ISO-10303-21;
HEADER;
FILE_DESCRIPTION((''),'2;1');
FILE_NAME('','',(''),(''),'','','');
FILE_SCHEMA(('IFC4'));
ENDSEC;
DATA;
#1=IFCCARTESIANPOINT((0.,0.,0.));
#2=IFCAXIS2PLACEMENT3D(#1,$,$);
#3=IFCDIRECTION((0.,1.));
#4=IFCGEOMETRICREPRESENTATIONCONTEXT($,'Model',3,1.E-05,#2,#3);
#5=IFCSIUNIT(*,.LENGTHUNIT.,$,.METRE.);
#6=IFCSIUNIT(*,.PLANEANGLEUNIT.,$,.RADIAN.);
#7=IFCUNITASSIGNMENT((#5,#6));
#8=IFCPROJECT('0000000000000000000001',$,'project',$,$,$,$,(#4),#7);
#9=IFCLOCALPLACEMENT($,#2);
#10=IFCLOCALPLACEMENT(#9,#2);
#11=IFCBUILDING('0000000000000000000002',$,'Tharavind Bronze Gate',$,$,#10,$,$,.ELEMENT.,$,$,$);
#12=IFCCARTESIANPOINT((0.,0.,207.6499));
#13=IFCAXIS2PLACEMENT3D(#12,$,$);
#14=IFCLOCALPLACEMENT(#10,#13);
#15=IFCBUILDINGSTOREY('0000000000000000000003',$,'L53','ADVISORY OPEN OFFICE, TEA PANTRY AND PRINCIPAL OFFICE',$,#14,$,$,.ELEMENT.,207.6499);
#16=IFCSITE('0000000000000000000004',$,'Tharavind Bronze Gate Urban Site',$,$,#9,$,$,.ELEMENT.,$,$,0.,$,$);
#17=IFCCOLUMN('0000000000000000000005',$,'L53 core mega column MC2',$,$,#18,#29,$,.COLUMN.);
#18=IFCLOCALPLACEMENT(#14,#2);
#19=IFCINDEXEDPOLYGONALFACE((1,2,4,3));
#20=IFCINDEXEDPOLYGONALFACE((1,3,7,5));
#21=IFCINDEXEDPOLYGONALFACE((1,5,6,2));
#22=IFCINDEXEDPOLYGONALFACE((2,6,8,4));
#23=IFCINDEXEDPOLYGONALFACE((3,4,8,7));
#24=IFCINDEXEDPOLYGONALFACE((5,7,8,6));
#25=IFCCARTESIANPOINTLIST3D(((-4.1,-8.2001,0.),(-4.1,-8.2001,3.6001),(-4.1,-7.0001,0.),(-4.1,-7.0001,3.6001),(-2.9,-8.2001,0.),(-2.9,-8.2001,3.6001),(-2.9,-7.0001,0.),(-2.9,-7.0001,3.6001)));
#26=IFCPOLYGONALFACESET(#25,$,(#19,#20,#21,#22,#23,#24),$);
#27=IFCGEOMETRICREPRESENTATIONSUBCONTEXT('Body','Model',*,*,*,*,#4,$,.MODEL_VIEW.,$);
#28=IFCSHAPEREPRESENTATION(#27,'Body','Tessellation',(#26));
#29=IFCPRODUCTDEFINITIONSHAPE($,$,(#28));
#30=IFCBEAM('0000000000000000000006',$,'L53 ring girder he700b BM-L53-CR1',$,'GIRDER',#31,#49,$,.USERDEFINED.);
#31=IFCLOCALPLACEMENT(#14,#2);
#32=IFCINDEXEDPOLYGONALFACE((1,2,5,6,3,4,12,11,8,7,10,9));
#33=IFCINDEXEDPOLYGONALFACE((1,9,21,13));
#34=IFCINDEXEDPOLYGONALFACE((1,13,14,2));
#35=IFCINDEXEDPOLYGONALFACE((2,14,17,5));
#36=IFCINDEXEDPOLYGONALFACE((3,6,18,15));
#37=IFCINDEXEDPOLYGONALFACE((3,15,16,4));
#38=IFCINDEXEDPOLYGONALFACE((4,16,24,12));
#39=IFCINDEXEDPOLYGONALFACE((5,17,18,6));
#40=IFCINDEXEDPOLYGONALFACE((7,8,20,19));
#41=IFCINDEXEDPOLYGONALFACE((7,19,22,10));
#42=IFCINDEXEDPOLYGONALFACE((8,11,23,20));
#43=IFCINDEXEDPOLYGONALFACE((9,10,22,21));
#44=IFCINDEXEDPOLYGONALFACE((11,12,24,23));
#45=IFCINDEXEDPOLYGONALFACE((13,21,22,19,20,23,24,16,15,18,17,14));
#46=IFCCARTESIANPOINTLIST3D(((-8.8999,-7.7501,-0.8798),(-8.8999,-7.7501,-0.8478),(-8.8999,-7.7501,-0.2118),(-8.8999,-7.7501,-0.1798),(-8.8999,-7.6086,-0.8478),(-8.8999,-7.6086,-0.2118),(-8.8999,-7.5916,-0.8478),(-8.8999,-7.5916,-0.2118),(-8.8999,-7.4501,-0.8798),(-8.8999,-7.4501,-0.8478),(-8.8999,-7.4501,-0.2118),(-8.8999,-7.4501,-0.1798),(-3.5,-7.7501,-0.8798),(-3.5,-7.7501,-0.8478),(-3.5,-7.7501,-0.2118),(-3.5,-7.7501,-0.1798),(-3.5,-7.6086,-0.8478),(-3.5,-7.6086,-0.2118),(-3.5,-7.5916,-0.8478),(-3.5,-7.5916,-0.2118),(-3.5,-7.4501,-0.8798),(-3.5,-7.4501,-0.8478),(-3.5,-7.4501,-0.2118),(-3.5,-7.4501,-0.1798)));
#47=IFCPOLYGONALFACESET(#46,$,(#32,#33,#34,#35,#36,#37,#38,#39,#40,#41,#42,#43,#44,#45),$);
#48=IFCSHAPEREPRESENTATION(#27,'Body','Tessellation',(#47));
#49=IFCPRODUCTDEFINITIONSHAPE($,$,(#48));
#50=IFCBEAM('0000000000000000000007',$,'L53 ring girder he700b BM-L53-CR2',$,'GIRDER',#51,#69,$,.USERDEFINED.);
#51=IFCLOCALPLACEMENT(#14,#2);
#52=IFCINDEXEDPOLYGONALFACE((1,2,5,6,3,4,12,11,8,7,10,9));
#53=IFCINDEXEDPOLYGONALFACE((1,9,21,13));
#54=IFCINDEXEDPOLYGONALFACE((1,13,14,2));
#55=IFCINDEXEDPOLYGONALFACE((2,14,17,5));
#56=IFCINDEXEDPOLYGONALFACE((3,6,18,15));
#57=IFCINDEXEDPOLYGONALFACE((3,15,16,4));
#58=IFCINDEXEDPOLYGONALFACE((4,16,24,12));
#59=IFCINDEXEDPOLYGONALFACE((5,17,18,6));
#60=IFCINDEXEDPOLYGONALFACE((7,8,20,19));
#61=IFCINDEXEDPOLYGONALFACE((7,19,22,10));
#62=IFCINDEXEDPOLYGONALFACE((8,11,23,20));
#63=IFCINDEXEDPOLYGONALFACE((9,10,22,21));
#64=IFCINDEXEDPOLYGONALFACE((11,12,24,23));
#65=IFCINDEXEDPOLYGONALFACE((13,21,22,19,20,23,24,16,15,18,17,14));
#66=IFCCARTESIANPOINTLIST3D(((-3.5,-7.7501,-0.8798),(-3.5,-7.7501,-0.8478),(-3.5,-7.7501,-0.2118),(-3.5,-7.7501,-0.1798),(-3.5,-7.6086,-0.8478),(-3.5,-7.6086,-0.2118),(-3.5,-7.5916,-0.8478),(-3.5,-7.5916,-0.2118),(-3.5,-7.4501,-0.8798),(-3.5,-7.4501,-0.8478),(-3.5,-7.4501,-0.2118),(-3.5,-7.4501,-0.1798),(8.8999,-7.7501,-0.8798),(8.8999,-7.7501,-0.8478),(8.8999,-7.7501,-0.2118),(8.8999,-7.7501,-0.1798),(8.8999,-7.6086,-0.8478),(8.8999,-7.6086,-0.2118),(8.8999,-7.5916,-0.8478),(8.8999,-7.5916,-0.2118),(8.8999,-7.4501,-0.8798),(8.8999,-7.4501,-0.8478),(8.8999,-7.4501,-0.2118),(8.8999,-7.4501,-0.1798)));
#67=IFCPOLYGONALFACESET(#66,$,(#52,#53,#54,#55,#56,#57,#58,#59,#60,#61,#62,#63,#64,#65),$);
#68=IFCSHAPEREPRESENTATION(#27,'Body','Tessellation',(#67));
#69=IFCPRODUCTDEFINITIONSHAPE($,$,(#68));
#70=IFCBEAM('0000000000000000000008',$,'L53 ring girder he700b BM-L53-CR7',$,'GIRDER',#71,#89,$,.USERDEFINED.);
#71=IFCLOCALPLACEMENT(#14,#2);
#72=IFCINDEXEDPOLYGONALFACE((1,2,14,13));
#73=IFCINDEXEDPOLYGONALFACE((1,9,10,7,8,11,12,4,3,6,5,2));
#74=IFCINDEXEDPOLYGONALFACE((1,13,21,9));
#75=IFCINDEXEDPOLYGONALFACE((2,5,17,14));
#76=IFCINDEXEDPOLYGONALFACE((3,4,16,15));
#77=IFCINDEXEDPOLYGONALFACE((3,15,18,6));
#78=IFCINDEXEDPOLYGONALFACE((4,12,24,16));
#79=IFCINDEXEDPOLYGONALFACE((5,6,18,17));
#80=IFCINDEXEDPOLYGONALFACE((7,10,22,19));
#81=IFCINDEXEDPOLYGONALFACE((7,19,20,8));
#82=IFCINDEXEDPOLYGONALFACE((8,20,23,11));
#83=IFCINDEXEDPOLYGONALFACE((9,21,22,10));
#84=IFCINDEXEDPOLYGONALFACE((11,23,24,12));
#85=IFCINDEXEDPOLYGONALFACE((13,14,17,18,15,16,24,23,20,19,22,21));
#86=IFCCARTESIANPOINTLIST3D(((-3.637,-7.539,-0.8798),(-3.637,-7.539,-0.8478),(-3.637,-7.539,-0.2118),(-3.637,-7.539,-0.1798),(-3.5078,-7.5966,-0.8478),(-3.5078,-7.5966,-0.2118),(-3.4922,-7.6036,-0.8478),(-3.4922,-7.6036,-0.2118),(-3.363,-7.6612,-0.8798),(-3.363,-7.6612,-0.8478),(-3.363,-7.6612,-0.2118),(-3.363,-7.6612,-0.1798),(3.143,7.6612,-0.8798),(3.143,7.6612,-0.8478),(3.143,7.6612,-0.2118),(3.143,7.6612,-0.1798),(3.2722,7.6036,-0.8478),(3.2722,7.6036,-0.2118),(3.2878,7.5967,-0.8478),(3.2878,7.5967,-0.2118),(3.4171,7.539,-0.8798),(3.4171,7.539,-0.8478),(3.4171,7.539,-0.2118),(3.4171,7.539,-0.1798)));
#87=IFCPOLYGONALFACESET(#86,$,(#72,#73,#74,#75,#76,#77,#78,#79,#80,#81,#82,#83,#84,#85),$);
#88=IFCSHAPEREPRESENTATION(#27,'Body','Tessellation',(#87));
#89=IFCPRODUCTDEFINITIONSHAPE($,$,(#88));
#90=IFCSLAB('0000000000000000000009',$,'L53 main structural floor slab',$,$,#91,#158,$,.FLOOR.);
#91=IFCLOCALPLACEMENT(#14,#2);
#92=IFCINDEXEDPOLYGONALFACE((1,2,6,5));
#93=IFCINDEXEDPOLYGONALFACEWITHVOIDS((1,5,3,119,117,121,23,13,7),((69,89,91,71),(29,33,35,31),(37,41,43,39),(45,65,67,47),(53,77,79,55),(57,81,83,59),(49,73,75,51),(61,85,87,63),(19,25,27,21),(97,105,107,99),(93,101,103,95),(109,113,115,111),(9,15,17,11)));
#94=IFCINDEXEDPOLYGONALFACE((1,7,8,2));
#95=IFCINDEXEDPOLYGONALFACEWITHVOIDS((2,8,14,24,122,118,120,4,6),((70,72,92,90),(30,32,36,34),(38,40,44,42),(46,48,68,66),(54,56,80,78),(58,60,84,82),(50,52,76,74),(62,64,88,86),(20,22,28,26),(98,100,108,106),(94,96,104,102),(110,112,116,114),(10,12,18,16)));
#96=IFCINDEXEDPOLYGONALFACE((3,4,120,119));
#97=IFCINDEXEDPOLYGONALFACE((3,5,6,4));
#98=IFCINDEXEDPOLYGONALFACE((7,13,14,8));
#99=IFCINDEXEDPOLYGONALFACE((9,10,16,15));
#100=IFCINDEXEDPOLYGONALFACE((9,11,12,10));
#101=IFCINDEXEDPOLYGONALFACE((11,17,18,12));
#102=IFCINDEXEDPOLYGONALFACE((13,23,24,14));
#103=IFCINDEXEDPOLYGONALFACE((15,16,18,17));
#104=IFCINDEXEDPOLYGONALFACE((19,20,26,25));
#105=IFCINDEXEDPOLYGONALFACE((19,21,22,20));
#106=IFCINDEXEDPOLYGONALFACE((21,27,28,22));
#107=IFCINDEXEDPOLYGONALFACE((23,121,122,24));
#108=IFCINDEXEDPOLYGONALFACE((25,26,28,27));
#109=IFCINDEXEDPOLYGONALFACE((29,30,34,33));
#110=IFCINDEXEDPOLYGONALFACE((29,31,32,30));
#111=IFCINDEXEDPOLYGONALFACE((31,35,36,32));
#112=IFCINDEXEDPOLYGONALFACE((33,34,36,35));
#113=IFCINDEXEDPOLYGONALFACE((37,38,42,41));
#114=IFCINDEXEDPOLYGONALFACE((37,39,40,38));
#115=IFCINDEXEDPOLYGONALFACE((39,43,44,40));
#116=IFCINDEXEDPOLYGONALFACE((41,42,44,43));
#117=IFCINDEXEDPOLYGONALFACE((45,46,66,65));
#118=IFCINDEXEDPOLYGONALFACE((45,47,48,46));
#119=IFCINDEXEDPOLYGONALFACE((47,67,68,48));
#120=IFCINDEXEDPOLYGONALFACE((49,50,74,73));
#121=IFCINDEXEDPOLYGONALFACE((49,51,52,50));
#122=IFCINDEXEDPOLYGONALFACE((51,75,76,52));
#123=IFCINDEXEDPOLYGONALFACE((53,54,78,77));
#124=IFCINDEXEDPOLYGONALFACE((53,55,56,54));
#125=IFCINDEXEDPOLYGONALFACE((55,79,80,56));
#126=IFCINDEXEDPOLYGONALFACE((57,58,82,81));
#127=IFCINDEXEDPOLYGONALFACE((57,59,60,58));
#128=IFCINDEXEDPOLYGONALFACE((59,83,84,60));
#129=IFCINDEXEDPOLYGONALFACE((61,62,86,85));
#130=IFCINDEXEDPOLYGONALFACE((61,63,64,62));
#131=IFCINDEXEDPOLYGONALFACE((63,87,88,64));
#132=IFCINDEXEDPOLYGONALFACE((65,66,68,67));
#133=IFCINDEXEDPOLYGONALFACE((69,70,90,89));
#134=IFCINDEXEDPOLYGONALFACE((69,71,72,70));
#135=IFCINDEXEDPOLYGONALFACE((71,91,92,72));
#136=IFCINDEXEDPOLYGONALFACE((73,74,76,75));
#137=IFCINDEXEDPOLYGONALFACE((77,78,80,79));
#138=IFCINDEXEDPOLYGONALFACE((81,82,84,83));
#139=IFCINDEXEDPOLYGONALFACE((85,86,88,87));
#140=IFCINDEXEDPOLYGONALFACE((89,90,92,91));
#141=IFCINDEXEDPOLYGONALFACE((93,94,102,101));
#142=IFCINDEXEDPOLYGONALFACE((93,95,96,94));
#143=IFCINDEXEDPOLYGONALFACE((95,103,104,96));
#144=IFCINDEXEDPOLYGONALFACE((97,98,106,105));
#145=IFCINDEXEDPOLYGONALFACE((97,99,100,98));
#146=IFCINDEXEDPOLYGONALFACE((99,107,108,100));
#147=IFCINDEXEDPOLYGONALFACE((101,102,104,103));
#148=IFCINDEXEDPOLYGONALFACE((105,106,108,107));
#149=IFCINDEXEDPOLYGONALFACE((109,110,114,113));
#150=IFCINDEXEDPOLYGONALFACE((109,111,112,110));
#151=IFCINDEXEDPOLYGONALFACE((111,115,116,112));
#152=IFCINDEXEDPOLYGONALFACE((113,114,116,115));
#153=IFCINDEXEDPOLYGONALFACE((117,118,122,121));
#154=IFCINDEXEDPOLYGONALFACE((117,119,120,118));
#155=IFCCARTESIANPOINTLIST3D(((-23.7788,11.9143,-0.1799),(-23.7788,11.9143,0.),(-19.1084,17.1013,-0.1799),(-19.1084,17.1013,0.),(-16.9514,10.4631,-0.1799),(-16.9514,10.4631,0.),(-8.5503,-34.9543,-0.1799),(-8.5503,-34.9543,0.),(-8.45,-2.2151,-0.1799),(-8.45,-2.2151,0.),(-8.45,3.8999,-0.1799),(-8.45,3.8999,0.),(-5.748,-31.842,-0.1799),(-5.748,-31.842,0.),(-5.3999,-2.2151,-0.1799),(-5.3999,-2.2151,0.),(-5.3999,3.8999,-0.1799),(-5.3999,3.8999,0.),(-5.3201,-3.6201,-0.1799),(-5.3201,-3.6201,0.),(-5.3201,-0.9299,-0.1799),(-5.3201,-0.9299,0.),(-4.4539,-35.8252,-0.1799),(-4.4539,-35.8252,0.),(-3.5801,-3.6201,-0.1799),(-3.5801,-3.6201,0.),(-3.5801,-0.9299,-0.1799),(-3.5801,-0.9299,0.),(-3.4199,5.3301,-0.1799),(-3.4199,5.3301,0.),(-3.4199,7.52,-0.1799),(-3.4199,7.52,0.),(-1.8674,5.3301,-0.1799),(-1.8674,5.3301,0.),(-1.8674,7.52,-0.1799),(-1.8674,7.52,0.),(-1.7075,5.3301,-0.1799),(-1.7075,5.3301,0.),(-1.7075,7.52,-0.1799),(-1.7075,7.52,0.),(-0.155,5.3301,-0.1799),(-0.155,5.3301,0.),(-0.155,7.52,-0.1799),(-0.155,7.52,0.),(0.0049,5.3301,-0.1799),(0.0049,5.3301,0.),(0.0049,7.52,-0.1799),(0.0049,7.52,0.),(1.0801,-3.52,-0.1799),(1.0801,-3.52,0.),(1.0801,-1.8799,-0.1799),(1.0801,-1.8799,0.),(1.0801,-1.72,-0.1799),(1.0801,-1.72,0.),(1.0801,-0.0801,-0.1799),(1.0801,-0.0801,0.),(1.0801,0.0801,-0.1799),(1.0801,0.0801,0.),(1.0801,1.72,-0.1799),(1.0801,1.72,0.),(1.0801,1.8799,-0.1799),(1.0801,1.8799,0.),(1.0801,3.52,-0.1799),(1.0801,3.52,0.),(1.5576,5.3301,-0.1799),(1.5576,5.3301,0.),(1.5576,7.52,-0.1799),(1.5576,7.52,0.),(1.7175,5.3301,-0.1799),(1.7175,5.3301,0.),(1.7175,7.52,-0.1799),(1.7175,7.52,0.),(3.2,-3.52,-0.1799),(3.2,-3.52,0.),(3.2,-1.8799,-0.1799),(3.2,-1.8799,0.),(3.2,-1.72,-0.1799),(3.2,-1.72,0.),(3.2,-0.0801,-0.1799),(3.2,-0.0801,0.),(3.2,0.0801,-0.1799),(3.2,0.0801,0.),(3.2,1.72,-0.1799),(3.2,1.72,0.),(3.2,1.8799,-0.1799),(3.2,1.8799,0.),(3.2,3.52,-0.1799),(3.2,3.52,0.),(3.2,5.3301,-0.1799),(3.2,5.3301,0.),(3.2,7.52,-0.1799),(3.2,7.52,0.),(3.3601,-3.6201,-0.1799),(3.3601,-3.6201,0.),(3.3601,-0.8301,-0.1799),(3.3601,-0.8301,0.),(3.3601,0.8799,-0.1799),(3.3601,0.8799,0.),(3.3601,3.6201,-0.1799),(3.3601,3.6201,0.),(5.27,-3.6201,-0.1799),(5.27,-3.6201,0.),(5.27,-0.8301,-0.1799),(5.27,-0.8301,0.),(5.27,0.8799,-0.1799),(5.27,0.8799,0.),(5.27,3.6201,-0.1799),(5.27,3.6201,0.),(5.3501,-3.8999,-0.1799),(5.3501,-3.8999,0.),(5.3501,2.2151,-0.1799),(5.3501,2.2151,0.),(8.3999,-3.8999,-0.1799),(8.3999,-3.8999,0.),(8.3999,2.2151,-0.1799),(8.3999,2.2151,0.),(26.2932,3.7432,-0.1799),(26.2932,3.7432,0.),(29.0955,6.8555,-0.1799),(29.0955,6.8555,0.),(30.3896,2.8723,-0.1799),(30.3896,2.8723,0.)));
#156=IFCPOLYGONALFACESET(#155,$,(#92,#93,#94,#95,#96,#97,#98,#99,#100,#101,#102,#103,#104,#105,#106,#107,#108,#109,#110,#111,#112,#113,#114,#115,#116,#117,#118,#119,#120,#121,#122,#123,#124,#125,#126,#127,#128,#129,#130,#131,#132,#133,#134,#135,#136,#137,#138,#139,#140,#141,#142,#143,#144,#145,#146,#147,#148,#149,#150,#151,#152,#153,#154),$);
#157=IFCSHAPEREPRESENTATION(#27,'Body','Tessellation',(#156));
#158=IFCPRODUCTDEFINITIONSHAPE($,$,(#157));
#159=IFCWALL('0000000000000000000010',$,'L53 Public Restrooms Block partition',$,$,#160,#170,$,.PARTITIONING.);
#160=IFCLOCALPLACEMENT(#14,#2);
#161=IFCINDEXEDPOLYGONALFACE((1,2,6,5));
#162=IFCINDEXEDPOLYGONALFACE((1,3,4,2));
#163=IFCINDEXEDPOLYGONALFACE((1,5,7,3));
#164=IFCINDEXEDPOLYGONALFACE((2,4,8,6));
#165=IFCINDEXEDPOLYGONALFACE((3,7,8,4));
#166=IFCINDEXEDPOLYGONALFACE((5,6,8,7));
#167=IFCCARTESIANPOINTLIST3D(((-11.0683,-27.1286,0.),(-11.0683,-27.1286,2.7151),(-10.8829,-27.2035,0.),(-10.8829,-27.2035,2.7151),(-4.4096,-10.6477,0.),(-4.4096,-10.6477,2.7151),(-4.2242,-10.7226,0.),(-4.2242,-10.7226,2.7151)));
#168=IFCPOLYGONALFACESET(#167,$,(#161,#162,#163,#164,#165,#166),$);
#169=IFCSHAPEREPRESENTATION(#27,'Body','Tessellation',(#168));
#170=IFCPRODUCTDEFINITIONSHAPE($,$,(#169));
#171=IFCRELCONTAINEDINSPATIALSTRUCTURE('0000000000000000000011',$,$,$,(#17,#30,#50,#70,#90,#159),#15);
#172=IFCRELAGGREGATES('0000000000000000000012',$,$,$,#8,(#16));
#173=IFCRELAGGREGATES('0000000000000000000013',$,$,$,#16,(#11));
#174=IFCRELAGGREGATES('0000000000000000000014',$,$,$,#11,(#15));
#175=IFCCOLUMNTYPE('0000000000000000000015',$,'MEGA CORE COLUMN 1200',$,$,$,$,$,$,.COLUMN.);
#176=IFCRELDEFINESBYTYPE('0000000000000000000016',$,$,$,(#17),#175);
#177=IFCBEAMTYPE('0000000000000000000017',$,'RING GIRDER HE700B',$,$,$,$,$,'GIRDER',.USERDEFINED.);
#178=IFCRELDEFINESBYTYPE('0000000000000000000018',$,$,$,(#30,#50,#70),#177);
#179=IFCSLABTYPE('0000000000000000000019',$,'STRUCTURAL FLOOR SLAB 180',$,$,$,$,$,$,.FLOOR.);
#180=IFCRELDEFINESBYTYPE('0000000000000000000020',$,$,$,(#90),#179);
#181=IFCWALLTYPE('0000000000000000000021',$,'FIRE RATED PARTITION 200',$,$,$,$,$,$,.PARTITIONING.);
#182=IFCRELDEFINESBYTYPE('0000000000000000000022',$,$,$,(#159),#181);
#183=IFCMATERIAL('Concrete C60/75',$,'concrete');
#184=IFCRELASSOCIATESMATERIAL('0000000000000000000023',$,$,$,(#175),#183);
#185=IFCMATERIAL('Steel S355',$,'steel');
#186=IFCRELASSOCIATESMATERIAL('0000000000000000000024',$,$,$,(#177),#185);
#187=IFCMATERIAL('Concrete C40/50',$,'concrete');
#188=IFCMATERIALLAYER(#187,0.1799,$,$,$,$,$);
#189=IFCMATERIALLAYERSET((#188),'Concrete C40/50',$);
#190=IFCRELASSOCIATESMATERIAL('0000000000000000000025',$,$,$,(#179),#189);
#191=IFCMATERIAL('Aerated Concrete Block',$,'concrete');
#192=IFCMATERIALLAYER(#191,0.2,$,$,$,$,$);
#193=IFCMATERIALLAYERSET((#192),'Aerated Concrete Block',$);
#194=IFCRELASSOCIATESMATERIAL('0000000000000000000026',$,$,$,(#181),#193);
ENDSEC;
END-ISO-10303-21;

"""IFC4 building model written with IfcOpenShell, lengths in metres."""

from ifc_helpers import new_model, si_unit, direction, frame, frame_2d, origin, origin_2d, place, context, subcontext, project, spatial, polyline, rectangle, i_section, outline, extrude, material, layer, layer_set, material_profile, profile_set, type_object, element, save


model = new_model("IFC4")

# Units and contexts
model_context = context("Model", 3, precision=1e-05, world=origin(), true_north=direction((0.0, 1.0)))
body_context = subcontext(model_context, "Body", "Model", "MODEL_VIEW")
ifc_project = project(units=[si_unit("LENGTHUNIT", "METRE"), si_unit("PLANEANGLEUNIT", "RADIAN")], contexts=[model_context])

# Site, building, storey
site_placement = place(None, origin())
site = spatial("IfcSite", under=ifc_project, at=site_placement, Name="Tharavind Bronze Gate Urban Site", CompositionType="ELEMENT", RefElevation=0.0)
building_placement = place(site_placement, origin())
building = spatial("IfcBuilding", under=site, at=building_placement, Name="Tharavind Bronze Gate", CompositionType="ELEMENT")
storey_placement = place(building_placement, frame((0.0, 0.0, 207.6499)))
storey = spatial("IfcBuildingStorey", under=building, at=storey_placement, Name="L53", Description="ADVISORY OPEN OFFICE, TEA PANTRY AND PRINCIPAL OFFICE", CompositionType="ELEMENT", Elevation=207.6499)

# Column
ifc_material_1 = material(Name="Concrete C60/75", Category="concrete")
ifc_material_profile_1 = material_profile(ifc_material_1, rectangle(XDim=1.2, YDim=1.2, at=origin_2d()), Name="RCCOL1200")
ifc_profile_set_1 = profile_set([ifc_material_profile_1], Name="Concrete C60/75")
column_type = type_object("IfcColumnType", Name="MEGA CORE COLUMN 1200", PredefinedType="COLUMN", material=ifc_profile_set_1)
column_placement = place(storey_placement, frame((-3.5, -7.6001, 0.0), z_axis=(0.0, 0.0, 1.0), x_axis=(1.0, 0.0, 0.0)))
element("IfcColumn", 1, at=column_placement, inside=storey, type_object=column_type, Name="L53 core mega column MC2", PredefinedType="COLUMN", context=body_context, shape_type="SweptSolid", body=[
    extrude(rectangle(XDim=1.2, YDim=1.2, at=origin_2d()), origin(), (0.0, 0.0, 1.0), 3.6001),
])

# Beams
ifc_material_2 = material(Name="Steel S355", Category="steel")
ifc_material_profile_2 = material_profile(ifc_material_2, i_section(OverallWidth=0.3, OverallDepth=0.7, WebThickness=0.0171, FlangeThickness=0.032, at=origin_2d()), Name="HE700B")
ifc_profile_set_2 = profile_set([ifc_material_profile_2], Name="Steel S355")
beam_type = type_object("IfcBeamType", Name="RING GIRDER HE700B", ElementType="GIRDER", PredefinedType="USERDEFINED", material=ifc_profile_set_2)
beam_1_placement = place(storey_placement, frame((-8.8999, -7.6001, -0.5298), z_axis=(1.0, 0.0, 0.0), x_axis=(0.0, 1.0, 0.0)))
element("IfcBeam", 2, at=beam_1_placement, inside=storey, type_object=beam_type, Name="L53 ring girder he700b BM-L53-CR1", ObjectType="GIRDER", PredefinedType="USERDEFINED", context=body_context, shape_type="SweptSolid", body=[
    extrude(i_section(OverallWidth=0.3, OverallDepth=0.7, WebThickness=0.0171, FlangeThickness=0.032, at=origin_2d()), origin(), (0.0, 0.0, 1.0), 5.3999),
])
beam_2_placement = place(storey_placement, frame((-3.5, -7.6001, -0.5298), z_axis=(1.0, 0.0, 0.0), x_axis=(0.0, 1.0, 0.0)))
element("IfcBeam", 3, at=beam_2_placement, inside=storey, type_object=beam_type, Name="L53 ring girder he700b BM-L53-CR2", ObjectType="GIRDER", PredefinedType="USERDEFINED", context=body_context, shape_type="SweptSolid", body=[
    extrude(i_section(OverallWidth=0.3, OverallDepth=0.7, WebThickness=0.0171, FlangeThickness=0.032, at=origin_2d()), origin(), (0.0, 0.0, 1.0), 12.3999),
])
beam_3_placement = place(storey_placement, frame((-3.5, -7.6001, -0.5298), z_axis=(0.407362, 0.913267, 0.0), x_axis=(-0.913267, 0.407362, 0.0)))
element("IfcBeam", 4, at=beam_3_placement, inside=storey, type_object=beam_type, Name="L53 ring girder he700b BM-L53-CR7", ObjectType="GIRDER", PredefinedType="USERDEFINED", context=body_context, shape_type="SweptSolid", body=[
    extrude(i_section(OverallWidth=0.3, OverallDepth=0.7, WebThickness=0.0171, FlangeThickness=0.032, at=origin_2d()), origin(), (0.0, 0.0, 1.0), 16.6438),
])

# Slab
ifc_material_3 = material(Name="Concrete C40/50", Category="concrete")
ifc_layer_1 = layer(ifc_material_3, 0.1799)
ifc_layer_set_1 = layer_set([ifc_layer_1], Name="Concrete C40/50")
slab_type = type_object("IfcSlabType", Name="STRUCTURAL FLOOR SLAB 180", PredefinedType="FLOOR", material=ifc_layer_set_1)
slab_placement = place(storey_placement, frame((0.0, 0.0, -0.1799)))
element("IfcSlab", 5, at=slab_placement, inside=storey, type_object=slab_type, Name="L53 main structural floor slab", PredefinedType="FLOOR", context=body_context, shape_type="SweptSolid", body=[
    extrude(outline(polyline([(-19.1084, 17.1013), (-16.9514, 10.4631), (-23.7788, 11.9143), (-8.5503, -34.9543), (-5.748, -31.842), (-4.4539, -35.8252), (30.3896, 2.8723), (26.2932, 3.7432), (29.0955, 6.8555), (-19.1084, 17.1013)]), holes=[polyline([(-5.3999, -2.2151), (-5.3999, 3.8999), (-8.45, 3.8999), (-8.45, -2.2151), (-5.3999, -2.2151)]), polyline([(5.3501, 2.2151), (5.3501, -3.8999), (8.3999, -3.8999), (8.3999, 2.2151), (5.3501, 2.2151)]), polyline([(-3.4199, 5.3301), (-1.8674, 5.3301), (-1.8674, 7.52), (-3.4199, 7.52), (-3.4199, 5.3301)]), polyline([(-1.7075, 5.3301), (-0.155, 5.3301), (-0.155, 7.52), (-1.7075, 7.52), (-1.7075, 5.3301)]), polyline([(0.0049, 5.3301), (1.5576, 5.3301), (1.5576, 7.52), (0.0049, 7.52), (0.0049, 5.3301)]), polyline([(1.7175, 5.3301), (3.2, 5.3301), (3.2, 7.52), (1.7175, 7.52), (1.7175, 5.3301)]), polyline([(1.0801, -3.52), (3.2, -3.52), (3.2, -1.8799), (1.0801, -1.8799), (1.0801, -3.52)]), polyline([(1.0801, -1.72), (3.2, -1.72), (3.2, -0.0801), (1.0801, -0.0801), (1.0801, -1.72)]), polyline([(1.0801, 0.0801), (3.2, 0.0801), (3.2, 1.72), (1.0801, 1.72), (1.0801, 0.0801)]), polyline([(1.0801, 1.8799), (3.2, 1.8799), (3.2, 3.52), (1.0801, 3.52), (1.0801, 1.8799)]), polyline([(-5.3201, -3.6201), (-3.5801, -3.6201), (-3.5801, -0.9299), (-5.3201, -0.9299), (-5.3201, -3.6201)]), polyline([(3.3601, 0.8799), (5.27, 0.8799), (5.27, 3.6201), (3.3601, 3.6201), (3.3601, 0.8799)]), polyline([(3.3601, -3.6201), (5.27, -3.6201), (5.27, -0.8301), (3.3601, -0.8301), (3.3601, -3.6201)])]), origin(), (0.0, 0.0, 1.0), 0.1799),
])

# Wall
ifc_material_4 = material(Name="Aerated Concrete Block", Category="concrete")
ifc_layer_2 = layer(ifc_material_4, 0.2)
ifc_layer_set_2 = layer_set([ifc_layer_2], Name="Aerated Concrete Block")
wall_type_1 = type_object("IfcWallType", Name="FIRE RATED PARTITION 200", PredefinedType="PARTITIONING", material=ifc_layer_set_2)
wall_1_placement = place(storey_placement, frame((-4.3169, -10.6851, 0.0), z_axis=(0.0, 0.0, 1.0), x_axis=(-0.374604, -0.927185, 0.0)))
element("IfcWall", 6, at=wall_1_placement, inside=storey, type_object=wall_type_1, Name="L53 Public Restrooms Block partition", PredefinedType="PARTITIONING", context=body_context, shape_type="SweptSolid", body=[
    extrude(rectangle(XDim=17.7751, YDim=0.2, at=frame_2d((8.8877, 0.0))), origin(), (0.0, 0.0, 1.0), 2.7151),
])

save(model, "model.ifc")
